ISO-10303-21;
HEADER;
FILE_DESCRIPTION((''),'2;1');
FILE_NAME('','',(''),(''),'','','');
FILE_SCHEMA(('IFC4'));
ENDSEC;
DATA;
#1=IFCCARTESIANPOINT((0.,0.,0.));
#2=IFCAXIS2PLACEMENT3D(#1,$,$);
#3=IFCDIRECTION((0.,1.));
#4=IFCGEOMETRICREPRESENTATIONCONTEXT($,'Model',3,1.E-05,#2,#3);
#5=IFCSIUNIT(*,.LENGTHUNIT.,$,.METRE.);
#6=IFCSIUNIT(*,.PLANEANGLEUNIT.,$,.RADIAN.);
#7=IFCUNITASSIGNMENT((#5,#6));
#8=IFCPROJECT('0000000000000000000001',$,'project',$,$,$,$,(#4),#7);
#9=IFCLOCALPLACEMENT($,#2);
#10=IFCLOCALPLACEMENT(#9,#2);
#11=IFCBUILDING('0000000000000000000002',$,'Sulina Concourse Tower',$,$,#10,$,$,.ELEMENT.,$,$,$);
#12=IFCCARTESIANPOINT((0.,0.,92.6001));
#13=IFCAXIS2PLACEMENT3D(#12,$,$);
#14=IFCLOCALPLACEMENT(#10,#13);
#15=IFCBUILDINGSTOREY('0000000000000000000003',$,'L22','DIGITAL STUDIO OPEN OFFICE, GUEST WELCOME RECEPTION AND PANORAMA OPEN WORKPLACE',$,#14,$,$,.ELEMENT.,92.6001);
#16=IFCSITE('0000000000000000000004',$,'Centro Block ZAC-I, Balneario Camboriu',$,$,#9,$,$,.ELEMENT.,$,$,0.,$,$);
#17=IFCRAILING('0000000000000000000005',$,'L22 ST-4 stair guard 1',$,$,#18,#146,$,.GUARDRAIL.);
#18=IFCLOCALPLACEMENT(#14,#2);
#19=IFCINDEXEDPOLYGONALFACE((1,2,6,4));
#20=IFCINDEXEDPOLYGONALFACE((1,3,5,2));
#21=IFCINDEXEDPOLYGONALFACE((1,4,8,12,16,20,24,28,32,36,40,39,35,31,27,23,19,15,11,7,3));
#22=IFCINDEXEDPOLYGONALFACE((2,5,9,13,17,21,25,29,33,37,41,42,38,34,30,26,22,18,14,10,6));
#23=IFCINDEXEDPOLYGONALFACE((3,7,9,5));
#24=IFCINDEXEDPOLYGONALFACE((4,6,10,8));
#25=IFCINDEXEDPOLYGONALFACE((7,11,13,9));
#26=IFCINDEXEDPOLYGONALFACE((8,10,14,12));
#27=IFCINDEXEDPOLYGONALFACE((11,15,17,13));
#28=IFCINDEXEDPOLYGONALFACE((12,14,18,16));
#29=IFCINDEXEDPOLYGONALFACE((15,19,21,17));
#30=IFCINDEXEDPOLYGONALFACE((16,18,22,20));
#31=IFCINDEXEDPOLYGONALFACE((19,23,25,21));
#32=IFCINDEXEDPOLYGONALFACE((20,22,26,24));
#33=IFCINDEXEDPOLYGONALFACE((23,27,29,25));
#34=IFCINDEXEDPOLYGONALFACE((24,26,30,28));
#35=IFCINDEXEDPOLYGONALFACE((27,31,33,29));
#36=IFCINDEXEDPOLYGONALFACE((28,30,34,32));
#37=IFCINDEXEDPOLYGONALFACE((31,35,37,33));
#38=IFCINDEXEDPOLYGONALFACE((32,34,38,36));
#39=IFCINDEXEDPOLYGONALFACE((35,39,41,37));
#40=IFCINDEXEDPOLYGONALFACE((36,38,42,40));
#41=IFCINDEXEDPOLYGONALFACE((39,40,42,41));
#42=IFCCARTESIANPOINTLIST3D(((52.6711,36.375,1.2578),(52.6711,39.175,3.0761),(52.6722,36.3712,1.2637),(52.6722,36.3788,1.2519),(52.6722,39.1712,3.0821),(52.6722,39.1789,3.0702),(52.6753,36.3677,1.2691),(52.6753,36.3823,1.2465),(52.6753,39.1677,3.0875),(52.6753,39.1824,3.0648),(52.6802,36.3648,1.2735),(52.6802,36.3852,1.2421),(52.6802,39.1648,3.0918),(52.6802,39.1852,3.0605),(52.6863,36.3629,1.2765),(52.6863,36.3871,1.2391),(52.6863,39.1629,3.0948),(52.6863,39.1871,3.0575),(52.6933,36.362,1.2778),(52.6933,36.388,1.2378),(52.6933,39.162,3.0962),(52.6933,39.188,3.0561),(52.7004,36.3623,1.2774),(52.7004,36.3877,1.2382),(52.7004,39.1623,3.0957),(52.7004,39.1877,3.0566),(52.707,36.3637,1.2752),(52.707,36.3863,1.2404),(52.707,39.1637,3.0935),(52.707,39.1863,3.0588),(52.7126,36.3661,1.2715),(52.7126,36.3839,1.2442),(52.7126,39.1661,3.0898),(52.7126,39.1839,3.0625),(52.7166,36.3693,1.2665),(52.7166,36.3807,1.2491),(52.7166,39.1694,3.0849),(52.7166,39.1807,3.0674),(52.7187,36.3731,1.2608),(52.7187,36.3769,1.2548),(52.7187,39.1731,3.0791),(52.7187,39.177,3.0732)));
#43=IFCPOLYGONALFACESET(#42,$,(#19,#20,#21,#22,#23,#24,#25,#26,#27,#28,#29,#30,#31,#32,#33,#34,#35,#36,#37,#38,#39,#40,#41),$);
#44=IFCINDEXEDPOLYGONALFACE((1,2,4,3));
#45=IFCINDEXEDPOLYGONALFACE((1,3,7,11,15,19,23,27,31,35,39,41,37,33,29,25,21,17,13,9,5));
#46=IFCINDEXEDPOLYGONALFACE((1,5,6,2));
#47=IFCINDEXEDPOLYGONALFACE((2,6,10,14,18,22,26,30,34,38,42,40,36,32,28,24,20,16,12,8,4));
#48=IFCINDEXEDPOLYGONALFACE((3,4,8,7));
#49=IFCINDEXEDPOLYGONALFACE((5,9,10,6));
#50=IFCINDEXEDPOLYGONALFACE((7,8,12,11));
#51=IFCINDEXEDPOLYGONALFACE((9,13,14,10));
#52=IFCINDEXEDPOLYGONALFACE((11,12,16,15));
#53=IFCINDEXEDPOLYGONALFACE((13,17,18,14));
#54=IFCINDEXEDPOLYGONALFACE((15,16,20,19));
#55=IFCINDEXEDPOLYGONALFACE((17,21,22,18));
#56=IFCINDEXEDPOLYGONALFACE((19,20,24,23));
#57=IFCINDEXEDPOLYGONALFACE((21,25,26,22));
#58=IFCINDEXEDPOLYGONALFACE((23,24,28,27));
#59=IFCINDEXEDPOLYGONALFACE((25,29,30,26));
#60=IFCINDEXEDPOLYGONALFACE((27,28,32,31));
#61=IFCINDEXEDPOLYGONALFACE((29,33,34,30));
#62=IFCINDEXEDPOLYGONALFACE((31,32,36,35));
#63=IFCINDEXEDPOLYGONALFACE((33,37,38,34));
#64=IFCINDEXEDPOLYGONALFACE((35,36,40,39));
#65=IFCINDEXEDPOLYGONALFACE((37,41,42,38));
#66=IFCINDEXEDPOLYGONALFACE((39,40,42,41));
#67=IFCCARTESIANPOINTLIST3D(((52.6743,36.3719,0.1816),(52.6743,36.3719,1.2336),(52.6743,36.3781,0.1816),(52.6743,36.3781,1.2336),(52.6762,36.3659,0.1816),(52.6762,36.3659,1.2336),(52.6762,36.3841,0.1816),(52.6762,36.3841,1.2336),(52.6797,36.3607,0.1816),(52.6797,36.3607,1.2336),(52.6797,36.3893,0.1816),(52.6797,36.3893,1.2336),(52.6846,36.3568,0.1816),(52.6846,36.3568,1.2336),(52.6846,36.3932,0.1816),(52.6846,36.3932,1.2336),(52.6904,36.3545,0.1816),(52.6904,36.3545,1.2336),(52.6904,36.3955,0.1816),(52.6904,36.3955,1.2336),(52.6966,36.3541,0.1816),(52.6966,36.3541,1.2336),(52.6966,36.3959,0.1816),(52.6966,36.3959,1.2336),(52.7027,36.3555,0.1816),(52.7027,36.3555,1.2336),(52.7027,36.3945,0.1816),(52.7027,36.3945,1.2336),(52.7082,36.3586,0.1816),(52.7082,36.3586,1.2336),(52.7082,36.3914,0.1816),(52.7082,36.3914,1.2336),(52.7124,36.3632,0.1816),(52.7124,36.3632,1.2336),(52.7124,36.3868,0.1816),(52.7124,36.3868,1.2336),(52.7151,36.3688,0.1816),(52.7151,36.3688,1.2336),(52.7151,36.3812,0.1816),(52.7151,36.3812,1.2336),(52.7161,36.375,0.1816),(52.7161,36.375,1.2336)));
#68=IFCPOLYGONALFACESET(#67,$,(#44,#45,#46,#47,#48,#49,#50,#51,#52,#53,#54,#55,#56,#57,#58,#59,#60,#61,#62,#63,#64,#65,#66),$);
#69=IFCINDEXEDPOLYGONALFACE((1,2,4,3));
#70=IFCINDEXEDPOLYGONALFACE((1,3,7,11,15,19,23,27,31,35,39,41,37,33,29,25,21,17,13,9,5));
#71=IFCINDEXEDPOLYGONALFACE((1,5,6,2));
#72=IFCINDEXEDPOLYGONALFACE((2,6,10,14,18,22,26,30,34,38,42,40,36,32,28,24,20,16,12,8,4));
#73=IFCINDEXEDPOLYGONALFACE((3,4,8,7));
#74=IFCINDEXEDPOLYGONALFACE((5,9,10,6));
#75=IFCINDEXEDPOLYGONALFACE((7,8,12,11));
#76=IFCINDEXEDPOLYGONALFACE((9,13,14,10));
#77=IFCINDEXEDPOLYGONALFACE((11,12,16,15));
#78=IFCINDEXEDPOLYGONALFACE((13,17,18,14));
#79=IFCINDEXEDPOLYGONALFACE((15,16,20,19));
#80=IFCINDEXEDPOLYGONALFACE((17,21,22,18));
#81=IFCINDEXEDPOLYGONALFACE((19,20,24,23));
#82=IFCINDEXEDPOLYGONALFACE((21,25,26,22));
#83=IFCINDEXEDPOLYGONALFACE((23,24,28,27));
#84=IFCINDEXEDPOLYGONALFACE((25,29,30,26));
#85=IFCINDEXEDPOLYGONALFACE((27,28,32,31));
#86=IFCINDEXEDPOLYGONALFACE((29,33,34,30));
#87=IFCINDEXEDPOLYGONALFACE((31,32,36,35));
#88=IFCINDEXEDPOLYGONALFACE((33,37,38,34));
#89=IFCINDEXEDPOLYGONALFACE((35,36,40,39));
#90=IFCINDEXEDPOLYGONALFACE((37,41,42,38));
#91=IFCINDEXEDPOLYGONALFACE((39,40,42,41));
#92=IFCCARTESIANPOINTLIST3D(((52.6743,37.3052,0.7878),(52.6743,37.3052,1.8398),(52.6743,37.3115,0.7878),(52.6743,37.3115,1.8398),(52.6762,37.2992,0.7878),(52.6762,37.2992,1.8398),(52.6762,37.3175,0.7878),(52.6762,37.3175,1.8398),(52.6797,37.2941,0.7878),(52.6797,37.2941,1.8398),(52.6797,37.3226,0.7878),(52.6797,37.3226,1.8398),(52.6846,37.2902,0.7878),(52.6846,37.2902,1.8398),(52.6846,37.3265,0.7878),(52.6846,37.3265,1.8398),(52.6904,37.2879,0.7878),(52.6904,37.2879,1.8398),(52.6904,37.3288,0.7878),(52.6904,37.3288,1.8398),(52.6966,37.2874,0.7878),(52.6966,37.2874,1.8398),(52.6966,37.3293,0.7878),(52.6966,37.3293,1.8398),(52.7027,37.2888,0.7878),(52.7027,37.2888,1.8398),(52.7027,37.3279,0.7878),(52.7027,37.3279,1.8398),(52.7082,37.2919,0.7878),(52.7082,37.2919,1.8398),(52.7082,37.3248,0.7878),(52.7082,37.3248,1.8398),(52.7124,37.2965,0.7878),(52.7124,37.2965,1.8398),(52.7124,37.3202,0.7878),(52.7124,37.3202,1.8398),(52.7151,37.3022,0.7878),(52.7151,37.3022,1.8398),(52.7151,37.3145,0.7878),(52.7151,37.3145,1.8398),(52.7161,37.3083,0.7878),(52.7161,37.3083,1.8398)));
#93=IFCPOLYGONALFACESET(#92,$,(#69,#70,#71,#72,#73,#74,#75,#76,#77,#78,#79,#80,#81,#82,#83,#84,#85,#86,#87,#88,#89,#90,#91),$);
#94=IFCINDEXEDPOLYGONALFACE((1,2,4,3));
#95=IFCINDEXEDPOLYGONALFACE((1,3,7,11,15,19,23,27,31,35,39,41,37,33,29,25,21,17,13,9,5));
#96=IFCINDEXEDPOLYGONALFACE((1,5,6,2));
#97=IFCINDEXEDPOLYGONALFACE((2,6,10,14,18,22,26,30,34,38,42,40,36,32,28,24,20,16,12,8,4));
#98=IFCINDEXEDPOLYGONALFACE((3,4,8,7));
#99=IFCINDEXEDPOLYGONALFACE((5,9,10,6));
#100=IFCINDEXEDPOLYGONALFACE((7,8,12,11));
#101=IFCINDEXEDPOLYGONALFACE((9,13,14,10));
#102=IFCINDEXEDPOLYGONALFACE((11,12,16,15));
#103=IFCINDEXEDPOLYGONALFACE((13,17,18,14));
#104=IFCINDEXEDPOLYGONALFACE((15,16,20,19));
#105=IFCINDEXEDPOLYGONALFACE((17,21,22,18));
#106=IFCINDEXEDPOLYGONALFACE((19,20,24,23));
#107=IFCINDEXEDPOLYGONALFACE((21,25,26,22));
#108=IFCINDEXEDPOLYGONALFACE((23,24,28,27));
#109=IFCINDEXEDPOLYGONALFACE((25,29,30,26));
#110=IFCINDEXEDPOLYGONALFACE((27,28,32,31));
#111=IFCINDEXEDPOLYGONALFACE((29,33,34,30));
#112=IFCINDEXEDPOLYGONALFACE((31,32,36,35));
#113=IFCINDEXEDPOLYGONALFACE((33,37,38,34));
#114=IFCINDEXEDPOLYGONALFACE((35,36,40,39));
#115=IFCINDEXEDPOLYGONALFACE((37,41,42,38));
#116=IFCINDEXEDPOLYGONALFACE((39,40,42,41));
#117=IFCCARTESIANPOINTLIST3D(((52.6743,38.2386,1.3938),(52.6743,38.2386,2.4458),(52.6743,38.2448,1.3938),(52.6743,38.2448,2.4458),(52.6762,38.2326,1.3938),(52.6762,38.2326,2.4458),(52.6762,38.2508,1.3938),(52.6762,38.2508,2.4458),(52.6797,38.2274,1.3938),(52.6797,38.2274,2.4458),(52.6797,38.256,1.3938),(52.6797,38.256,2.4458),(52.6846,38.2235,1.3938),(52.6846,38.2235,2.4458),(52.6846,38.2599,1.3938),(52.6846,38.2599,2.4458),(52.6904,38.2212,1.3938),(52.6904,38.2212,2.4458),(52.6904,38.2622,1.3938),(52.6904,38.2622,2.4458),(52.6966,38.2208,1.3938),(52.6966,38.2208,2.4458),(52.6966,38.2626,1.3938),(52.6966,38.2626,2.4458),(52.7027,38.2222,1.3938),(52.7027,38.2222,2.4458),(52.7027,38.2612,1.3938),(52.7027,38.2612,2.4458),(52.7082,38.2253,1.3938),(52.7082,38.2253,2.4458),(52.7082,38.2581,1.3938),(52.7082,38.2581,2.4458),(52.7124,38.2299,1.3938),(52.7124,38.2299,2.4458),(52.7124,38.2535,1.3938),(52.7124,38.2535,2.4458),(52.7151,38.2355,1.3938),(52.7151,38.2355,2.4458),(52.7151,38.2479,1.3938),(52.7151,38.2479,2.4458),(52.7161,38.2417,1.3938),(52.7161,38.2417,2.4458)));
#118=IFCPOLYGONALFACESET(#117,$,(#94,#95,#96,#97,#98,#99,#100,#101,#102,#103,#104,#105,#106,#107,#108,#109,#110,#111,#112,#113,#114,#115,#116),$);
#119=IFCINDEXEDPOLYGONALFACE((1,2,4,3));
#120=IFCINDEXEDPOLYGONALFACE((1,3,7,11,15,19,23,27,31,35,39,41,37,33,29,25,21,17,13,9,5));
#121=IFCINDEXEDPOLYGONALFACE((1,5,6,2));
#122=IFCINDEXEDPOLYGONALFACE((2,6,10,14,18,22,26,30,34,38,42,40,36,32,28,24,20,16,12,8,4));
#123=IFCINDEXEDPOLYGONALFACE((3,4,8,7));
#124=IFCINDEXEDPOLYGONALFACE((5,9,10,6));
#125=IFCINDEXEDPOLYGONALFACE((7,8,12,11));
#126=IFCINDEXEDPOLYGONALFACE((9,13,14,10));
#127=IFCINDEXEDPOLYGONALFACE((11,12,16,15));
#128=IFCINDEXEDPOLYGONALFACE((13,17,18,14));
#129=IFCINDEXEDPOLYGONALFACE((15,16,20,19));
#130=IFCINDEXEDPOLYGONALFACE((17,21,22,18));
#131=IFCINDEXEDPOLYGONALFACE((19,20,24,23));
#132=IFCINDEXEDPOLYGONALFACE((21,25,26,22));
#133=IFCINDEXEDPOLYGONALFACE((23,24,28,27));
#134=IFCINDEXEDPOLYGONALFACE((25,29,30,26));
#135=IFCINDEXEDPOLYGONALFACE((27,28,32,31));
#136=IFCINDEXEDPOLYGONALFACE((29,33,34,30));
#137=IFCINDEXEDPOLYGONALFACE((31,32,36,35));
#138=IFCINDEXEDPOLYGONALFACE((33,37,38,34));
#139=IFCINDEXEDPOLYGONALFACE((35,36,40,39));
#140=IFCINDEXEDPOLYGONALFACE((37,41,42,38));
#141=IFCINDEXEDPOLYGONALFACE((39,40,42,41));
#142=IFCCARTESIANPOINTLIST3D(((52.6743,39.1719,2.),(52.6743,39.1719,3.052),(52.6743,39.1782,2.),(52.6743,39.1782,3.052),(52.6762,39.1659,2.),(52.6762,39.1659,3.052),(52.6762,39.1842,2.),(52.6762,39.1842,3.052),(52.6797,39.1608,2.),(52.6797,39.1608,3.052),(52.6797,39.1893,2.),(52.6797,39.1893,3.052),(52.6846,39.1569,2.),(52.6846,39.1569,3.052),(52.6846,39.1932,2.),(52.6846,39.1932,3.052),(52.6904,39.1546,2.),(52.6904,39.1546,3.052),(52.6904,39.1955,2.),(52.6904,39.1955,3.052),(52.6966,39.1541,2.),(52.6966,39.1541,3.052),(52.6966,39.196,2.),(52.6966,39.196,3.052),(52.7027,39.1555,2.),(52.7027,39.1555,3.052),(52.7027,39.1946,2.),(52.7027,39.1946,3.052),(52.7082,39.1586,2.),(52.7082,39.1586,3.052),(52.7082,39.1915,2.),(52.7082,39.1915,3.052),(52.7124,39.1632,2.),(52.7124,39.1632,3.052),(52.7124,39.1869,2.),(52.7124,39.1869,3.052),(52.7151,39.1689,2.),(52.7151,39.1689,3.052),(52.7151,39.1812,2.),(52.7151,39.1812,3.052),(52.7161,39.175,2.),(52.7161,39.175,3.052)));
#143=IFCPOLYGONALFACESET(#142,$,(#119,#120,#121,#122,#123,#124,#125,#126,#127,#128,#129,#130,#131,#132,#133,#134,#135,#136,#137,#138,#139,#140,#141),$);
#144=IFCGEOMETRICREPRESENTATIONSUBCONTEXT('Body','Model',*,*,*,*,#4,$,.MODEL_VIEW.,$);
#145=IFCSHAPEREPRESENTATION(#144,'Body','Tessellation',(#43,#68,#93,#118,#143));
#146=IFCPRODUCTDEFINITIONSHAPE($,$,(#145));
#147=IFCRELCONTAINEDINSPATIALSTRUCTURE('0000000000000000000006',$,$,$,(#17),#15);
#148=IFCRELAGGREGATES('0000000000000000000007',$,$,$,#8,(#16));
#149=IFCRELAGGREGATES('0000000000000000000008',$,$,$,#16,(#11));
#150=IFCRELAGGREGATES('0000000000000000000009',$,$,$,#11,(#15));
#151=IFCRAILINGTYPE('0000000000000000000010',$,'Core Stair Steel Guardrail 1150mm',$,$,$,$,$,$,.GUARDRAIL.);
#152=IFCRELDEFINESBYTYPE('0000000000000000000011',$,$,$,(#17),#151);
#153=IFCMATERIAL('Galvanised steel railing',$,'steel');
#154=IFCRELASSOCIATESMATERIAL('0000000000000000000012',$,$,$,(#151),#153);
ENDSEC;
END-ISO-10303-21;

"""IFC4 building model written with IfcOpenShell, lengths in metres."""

from ifc_helpers import new_model, si_unit, direction, frame, origin, origin_2d, place, context, subcontext, project, spatial, circle, extrude, material, type_object, element, save


model = new_model("IFC4")

# Units and contexts
model_context = context("Model", 3, precision=1e-05, world=origin(), true_north=direction((0.0, 1.0)))
body_context = subcontext(model_context, "Body", "Model", "MODEL_VIEW")
ifc_project = project(units=[si_unit("LENGTHUNIT", "METRE"), si_unit("PLANEANGLEUNIT", "RADIAN")], contexts=[model_context])

# Site, building, storey
site_placement = place(None, origin())
site = spatial("IfcSite", under=ifc_project, at=site_placement, Name="Centro Block ZAC-I, Balneario Camboriu", CompositionType="ELEMENT", RefElevation=0.0)
building_placement = place(site_placement, origin())
building = spatial("IfcBuilding", under=site, at=building_placement, Name="Sulina Concourse Tower", CompositionType="ELEMENT")
storey_placement = place(building_placement, frame((0.0, 0.0, 92.6001)))
storey = spatial("IfcBuildingStorey", under=building, at=storey_placement, Name="L22", Description="DIGITAL STUDIO OPEN OFFICE, GUEST WELCOME RECEPTION AND PANORAMA OPEN WORKPLACE", CompositionType="ELEMENT", Elevation=92.6001)

# Railing
ifc_material_1 = material(Name="Galvanised steel railing", Category="steel")
railing_type_1 = type_object("IfcRailingType", Name="Core Stair Steel Guardrail 1150mm", PredefinedType="GUARDRAIL", material=ifc_material_1)
railing_1_placement = place(storey_placement, frame((52.6951, 36.375, 0.1816)))
element("IfcRailing", 1, at=railing_1_placement, inside=storey, type_object=railing_type_1, Name="L22 ST-4 stair guard 1", PredefinedType="GUARDRAIL", context=body_context, shape_type="SweptSolid", body=[
    extrude(circle(Radius=0.0239, at=origin_2d()), frame((0.0, 0.0, 1.0762), z_axis=(0.0, 0.838672, 0.544636), x_axis=(-1.0, 0.0, 0.0)), (0.0, 0.0, 1.0), 3.3386),
    extrude(circle(Radius=0.021, at=origin_2d()), origin(), (0.0, 0.0, 1.0), 1.052),
    extrude(circle(Radius=0.021, at=origin_2d()), frame((0.0, 0.9333, 0.6062)), (0.0, 0.0, 1.0), 1.052),
    extrude(circle(Radius=0.021, at=origin_2d()), frame((0.0, 1.8667, 1.2122)), (0.0, 0.0, 1.0), 1.052),
    extrude(circle(Radius=0.021, at=origin_2d()), frame((0.0, 2.8, 1.8184)), (0.0, 0.0, 1.0), 1.052),
])

save(model, "model.ifc")
